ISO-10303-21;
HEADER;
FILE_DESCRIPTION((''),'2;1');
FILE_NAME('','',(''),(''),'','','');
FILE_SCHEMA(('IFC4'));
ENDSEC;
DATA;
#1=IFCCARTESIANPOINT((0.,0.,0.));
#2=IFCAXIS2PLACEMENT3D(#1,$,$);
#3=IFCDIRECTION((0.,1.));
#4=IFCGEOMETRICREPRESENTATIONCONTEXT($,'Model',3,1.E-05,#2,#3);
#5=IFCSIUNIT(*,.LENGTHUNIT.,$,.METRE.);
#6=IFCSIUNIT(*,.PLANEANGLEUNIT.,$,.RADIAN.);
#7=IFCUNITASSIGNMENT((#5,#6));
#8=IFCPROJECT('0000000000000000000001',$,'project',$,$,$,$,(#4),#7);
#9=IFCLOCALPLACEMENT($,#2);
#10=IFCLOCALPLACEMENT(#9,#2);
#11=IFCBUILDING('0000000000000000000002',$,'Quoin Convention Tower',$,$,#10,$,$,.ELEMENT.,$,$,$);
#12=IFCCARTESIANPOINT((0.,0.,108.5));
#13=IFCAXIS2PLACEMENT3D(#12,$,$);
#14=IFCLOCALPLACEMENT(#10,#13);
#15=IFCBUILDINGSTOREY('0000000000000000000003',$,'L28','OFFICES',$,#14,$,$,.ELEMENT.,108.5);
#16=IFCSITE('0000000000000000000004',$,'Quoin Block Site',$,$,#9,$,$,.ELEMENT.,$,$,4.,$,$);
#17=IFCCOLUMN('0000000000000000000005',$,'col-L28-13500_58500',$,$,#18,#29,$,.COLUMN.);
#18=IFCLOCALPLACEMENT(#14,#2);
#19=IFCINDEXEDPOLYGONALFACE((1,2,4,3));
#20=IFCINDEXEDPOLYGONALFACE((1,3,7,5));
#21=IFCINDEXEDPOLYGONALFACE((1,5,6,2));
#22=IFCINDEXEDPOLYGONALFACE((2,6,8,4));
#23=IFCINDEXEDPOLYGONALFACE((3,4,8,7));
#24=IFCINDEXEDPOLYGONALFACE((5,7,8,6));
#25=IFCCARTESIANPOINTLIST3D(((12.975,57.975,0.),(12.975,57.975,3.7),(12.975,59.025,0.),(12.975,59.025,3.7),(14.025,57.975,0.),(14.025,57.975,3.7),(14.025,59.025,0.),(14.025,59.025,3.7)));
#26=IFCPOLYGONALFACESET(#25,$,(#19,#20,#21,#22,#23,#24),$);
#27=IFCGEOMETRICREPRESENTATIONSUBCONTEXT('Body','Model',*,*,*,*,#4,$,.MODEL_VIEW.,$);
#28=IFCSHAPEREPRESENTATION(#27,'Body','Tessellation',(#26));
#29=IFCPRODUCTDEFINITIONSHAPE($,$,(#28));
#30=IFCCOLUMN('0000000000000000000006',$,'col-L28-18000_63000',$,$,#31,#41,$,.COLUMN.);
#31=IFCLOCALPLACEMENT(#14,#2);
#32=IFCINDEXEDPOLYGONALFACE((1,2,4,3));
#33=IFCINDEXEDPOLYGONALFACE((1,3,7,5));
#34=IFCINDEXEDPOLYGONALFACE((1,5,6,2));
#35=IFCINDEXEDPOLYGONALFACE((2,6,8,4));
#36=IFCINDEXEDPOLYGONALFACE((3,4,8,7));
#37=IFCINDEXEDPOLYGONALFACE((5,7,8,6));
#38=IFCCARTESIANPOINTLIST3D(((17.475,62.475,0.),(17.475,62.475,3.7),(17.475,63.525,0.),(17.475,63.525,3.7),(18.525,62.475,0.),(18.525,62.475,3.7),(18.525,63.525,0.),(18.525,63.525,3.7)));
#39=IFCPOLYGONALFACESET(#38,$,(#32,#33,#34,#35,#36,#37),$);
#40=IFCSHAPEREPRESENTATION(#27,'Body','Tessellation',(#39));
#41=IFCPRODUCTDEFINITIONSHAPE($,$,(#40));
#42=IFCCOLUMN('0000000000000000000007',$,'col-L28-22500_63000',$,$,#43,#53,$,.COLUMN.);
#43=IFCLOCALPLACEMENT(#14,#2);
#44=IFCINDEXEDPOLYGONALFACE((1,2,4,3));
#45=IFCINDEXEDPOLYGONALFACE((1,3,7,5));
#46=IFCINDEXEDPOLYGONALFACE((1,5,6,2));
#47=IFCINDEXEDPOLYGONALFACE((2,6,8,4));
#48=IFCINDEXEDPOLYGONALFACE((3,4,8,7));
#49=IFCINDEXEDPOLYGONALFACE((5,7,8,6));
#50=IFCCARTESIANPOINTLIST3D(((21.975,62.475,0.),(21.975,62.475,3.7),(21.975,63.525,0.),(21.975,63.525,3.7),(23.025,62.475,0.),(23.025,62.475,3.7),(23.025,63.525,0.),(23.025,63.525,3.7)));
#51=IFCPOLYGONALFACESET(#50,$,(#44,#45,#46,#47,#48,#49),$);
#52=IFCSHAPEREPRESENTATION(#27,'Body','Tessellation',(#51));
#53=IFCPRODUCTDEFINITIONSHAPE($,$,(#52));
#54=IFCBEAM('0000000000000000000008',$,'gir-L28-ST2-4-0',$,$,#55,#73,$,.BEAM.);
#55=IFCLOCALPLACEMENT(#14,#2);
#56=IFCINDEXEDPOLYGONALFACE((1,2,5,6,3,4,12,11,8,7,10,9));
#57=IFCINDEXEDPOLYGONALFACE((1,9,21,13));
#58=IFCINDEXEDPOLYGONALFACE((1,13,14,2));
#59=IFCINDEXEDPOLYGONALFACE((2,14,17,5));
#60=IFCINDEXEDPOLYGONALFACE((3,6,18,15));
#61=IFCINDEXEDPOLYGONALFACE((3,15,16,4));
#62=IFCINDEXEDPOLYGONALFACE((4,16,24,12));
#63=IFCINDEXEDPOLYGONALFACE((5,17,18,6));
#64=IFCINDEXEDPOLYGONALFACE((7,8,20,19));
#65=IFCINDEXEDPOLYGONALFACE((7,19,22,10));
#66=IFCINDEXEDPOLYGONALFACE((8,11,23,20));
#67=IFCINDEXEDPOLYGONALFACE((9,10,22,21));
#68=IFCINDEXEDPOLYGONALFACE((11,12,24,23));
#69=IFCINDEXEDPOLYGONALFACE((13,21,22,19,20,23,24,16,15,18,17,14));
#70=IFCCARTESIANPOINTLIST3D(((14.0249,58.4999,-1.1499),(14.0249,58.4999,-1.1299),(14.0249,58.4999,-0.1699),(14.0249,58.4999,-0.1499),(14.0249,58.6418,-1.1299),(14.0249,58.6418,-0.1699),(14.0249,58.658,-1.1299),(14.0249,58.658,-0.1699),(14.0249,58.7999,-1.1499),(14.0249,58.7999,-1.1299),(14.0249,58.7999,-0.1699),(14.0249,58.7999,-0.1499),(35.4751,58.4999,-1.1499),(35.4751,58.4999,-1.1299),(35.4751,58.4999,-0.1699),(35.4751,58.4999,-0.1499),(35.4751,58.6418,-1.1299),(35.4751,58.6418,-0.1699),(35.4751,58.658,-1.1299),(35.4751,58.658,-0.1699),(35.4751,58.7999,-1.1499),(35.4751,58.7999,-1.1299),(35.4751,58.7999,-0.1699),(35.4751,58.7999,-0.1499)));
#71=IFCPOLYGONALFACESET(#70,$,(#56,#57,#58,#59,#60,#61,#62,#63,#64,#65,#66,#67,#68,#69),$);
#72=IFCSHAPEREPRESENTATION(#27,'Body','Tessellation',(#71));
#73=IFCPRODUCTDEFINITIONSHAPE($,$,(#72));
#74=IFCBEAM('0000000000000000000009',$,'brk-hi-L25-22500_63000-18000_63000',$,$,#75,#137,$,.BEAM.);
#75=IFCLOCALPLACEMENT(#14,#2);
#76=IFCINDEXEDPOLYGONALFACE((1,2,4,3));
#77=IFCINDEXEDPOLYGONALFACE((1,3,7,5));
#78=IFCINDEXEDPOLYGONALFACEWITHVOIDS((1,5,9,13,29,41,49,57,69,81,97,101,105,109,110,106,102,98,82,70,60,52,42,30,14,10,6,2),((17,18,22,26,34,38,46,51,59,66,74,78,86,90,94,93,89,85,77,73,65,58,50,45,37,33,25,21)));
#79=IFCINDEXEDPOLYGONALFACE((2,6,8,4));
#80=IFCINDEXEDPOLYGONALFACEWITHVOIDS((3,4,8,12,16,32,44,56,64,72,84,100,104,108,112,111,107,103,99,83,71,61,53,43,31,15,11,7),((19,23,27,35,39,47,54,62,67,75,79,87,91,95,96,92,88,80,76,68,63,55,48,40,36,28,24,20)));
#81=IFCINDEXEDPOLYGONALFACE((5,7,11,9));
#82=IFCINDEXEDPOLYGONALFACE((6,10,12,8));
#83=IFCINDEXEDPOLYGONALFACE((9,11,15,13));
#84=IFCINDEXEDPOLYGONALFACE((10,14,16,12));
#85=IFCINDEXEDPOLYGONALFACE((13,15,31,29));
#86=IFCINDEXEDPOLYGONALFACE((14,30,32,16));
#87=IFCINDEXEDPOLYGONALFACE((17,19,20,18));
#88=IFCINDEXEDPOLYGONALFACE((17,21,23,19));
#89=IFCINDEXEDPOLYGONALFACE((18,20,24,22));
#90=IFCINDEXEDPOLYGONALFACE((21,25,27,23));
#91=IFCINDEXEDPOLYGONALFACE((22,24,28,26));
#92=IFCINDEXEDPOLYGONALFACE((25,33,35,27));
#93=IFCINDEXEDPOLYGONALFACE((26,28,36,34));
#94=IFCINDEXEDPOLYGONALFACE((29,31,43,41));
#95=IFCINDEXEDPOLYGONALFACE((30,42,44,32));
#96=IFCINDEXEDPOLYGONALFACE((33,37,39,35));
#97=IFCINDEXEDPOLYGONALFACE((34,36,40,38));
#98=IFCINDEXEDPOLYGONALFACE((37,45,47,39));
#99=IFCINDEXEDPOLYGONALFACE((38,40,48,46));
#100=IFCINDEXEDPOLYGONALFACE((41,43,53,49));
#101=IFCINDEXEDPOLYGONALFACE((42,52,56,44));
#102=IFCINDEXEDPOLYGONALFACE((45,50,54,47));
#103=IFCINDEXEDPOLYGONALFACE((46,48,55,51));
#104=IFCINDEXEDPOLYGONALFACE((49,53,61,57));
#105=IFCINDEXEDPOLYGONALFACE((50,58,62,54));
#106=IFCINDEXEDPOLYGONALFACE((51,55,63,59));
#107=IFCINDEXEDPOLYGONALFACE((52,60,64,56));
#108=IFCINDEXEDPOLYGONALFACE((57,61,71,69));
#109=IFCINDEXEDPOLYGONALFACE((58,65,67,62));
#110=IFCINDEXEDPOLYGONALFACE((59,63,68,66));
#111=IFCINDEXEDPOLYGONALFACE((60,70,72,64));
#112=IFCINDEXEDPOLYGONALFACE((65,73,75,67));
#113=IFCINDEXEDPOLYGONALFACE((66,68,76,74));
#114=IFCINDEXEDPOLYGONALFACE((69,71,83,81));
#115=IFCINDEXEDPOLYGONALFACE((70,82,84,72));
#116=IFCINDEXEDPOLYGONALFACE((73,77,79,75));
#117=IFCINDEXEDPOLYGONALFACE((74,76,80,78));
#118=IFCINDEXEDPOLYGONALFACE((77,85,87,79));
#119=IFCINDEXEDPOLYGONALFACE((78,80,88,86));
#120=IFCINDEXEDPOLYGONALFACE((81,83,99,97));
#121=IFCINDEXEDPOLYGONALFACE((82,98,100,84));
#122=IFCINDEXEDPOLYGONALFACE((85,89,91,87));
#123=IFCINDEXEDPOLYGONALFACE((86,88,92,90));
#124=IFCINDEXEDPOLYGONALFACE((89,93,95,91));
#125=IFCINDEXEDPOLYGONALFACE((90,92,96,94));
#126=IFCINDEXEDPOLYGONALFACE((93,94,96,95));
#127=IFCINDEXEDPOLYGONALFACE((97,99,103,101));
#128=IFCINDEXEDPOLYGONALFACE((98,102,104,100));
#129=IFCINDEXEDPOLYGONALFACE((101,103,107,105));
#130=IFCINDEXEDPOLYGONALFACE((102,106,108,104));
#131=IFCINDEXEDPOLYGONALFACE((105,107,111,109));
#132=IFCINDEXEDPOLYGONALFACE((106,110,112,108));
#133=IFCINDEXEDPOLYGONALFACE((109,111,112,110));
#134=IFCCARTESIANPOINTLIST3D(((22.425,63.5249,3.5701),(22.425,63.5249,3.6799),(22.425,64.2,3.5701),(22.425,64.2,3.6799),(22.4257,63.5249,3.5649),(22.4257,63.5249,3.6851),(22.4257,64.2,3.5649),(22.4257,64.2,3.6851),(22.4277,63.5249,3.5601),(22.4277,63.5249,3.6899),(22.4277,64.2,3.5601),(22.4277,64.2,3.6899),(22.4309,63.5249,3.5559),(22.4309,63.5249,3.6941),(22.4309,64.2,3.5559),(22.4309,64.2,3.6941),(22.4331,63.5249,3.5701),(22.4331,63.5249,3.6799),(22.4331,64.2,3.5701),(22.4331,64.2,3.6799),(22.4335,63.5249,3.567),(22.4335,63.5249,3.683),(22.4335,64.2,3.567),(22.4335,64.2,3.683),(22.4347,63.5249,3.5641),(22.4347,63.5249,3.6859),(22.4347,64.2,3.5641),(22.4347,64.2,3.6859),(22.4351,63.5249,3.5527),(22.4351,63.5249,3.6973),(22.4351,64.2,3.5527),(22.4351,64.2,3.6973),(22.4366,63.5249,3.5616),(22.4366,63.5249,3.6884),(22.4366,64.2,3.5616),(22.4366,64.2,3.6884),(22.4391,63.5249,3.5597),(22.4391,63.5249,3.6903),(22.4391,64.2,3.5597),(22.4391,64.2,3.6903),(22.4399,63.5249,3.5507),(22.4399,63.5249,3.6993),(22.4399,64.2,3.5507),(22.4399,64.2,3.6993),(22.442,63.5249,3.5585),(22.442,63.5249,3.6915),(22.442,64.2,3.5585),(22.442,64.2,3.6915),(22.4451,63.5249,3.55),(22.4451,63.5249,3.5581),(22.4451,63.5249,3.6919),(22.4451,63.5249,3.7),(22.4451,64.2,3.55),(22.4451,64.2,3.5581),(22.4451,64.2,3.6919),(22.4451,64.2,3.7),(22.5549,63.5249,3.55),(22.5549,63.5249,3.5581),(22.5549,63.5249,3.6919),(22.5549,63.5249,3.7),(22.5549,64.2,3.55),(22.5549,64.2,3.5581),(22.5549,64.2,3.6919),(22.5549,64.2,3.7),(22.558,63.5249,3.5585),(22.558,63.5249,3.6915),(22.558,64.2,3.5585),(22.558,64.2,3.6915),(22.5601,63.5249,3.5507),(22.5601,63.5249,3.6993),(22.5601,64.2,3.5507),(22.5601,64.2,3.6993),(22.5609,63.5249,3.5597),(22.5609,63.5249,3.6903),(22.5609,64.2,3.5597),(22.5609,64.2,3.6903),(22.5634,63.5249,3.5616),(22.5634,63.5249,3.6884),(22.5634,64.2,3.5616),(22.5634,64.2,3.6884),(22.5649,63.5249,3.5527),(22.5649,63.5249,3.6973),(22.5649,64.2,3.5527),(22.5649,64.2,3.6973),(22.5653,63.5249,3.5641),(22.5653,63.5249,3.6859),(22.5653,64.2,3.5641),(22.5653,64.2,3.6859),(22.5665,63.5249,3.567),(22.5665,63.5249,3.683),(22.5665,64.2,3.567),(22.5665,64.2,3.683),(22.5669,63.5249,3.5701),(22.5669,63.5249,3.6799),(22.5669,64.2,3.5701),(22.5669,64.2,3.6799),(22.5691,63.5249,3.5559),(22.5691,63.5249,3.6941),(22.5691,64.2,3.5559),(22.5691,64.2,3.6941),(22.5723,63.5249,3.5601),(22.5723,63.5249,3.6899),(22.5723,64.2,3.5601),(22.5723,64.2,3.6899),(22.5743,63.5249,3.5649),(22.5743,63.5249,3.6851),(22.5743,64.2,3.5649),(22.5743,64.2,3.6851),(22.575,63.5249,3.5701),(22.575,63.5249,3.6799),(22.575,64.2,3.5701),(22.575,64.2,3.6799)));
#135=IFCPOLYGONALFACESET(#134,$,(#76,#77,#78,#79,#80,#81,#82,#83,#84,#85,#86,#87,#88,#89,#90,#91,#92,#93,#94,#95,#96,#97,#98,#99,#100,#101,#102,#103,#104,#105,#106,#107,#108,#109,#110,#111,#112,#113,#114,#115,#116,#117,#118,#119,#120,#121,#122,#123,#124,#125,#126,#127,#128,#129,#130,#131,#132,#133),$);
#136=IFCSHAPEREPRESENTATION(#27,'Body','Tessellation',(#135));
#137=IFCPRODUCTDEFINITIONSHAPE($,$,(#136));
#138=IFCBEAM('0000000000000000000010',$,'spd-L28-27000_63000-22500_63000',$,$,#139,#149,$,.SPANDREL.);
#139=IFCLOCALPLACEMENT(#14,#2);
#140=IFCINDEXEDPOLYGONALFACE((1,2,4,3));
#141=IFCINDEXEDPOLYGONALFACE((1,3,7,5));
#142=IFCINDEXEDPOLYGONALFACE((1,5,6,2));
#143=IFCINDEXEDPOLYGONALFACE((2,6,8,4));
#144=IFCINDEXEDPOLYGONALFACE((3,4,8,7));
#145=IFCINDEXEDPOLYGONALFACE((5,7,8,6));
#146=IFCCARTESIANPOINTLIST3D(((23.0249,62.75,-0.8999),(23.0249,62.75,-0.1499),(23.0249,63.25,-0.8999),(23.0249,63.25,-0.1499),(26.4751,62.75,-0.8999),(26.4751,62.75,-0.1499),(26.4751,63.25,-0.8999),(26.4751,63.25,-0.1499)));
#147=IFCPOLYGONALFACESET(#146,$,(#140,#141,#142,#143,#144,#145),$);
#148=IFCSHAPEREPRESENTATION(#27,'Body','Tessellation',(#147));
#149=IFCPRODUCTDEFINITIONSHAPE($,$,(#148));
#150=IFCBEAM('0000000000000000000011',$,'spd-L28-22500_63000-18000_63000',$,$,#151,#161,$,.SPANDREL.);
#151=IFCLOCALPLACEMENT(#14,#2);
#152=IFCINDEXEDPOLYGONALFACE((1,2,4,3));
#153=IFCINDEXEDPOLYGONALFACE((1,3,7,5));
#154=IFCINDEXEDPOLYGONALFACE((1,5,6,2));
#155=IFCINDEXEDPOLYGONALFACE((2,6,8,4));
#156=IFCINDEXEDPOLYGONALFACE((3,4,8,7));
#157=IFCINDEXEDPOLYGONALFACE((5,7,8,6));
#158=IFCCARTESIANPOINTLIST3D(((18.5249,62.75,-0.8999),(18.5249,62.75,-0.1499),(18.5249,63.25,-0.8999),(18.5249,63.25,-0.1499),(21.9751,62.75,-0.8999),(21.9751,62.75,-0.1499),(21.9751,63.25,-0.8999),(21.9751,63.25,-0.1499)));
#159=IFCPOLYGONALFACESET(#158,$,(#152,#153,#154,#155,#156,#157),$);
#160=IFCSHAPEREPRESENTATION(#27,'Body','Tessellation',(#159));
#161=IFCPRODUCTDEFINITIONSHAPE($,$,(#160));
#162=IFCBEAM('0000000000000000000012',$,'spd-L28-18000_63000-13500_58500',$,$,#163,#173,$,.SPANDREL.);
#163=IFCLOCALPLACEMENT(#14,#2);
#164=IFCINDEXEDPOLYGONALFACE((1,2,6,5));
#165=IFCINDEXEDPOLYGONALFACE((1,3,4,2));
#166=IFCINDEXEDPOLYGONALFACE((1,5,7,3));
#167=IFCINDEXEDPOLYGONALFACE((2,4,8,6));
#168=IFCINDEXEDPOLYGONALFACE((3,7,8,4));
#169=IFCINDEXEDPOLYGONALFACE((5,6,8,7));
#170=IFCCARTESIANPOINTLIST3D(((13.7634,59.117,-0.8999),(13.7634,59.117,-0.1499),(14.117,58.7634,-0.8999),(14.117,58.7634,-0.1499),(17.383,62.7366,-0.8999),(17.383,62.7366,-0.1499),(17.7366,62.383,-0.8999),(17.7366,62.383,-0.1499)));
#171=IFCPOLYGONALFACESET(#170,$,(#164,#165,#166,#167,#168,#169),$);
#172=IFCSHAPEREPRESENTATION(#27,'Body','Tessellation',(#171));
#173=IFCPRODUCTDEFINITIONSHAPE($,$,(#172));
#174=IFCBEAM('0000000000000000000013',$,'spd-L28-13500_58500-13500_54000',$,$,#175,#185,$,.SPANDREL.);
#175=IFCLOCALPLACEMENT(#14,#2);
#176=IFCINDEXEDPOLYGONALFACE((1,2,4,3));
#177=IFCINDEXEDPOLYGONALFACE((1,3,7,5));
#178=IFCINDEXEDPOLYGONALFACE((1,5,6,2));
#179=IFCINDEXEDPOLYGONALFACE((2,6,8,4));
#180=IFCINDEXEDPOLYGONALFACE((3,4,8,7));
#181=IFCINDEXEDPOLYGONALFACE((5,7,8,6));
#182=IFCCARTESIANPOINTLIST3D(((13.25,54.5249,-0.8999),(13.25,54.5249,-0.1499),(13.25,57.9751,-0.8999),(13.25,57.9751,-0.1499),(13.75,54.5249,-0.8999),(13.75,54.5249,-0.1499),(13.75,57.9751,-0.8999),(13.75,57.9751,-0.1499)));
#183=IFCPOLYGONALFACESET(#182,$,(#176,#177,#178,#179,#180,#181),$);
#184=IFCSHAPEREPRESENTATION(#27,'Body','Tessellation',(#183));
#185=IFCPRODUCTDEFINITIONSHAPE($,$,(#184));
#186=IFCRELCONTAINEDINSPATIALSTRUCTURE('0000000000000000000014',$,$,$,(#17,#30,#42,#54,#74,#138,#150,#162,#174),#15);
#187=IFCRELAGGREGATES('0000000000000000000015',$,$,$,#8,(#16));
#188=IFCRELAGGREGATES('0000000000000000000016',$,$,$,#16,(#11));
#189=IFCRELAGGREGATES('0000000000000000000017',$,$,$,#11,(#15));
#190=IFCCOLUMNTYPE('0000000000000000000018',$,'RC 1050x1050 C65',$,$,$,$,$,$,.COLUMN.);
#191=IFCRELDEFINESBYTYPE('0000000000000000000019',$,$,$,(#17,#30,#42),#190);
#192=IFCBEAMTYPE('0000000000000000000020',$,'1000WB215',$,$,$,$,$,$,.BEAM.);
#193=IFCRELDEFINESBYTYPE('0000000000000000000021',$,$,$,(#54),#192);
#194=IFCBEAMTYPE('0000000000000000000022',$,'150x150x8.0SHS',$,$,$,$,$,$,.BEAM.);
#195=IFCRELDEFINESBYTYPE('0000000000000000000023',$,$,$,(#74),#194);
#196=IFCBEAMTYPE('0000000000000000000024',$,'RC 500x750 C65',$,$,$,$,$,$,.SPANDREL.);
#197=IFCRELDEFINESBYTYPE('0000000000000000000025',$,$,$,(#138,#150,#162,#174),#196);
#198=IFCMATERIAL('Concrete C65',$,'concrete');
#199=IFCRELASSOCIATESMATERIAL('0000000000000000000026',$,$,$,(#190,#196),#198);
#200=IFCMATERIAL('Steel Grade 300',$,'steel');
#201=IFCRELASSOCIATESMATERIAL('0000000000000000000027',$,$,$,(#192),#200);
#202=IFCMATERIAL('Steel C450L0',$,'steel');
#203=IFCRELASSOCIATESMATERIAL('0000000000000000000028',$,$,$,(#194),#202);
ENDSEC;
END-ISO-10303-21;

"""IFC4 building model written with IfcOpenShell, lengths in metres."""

from ifc_helpers import new_model, si_unit, direction, frame, origin, origin_2d, place, context, subcontext, project, spatial, rectangle, hollow_rectangle, i_section, extrude, material, material_profile, profile_set, type_object, element, save


model = new_model("IFC4")

# Units and contexts
model_context = context("Model", 3, precision=1e-05, world=origin(), true_north=direction((0.0, 1.0)))
body_context = subcontext(model_context, "Body", "Model", "MODEL_VIEW")
ifc_project = project(units=[si_unit("LENGTHUNIT", "METRE"), si_unit("PLANEANGLEUNIT", "RADIAN")], contexts=[model_context])

# Site, building, storey
site_placement = place(None, origin())
site = spatial("IfcSite", under=ifc_project, at=site_placement, Name="Quoin Block Site", CompositionType="ELEMENT", RefElevation=4.0)
building_placement = place(site_placement, origin())
building = spatial("IfcBuilding", under=site, at=building_placement, Name="Quoin Convention Tower", CompositionType="ELEMENT")
storey_placement = place(building_placement, frame((0.0, 0.0, 108.5)))
storey = spatial("IfcBuildingStorey", under=building, at=storey_placement, Name="L28", Description="OFFICES", CompositionType="ELEMENT", Elevation=108.5)

# Columns
ifc_material_1 = material(Name="Concrete C65", Category="concrete")
ifc_material_profile_1 = material_profile(ifc_material_1, rectangle(XDim=1.05, YDim=1.05, at=origin_2d()), Name="RC 1050x1050")
ifc_profile_set_1 = profile_set([ifc_material_profile_1], Name="Concrete C65")
column_type = type_object("IfcColumnType", Name="RC 1050x1050 C65", PredefinedType="COLUMN", material=ifc_profile_set_1)
for number, where, z_axis, x_axis, name in (
    (1, (13.5, 58.5, 0.0), (0.0, 0.0, 1.0), (1.0, 0.0, 0.0), "col-L28-13500_58500"),
    (2, (18.0, 63.0, 0.0), (0.0, 0.0, 1.0), (1.0, 0.0, 0.0), "col-L28-18000_63000"),
    (3, (22.5, 63.0, 0.0), (0.0, 0.0, 1.0), (1.0, 0.0, 0.0), "col-L28-22500_63000"),
):
    element("IfcColumn", number, at=place(storey_placement, frame(where, z_axis=z_axis, x_axis=x_axis)), inside=storey, type_object=column_type, Name=name, PredefinedType="COLUMN", context=body_context, shape_type="SweptSolid", body=[
        extrude(rectangle(XDim=1.05, YDim=1.05, at=origin_2d()), origin(), (0.0, 0.0, 1.0), 3.7),
    ])

# Beams
ifc_material_2 = material(Name="Steel Grade 300", Category="steel")
ifc_material_profile_2 = material_profile(ifc_material_2, i_section(OverallWidth=0.3, OverallDepth=1.0, WebThickness=0.0161, FlangeThickness=0.02, at=origin_2d()), Name="1000WB215")
ifc_profile_set_2 = profile_set([ifc_material_profile_2], Name="Steel Grade 300")
beam_type_1 = type_object("IfcBeamType", Name="1000WB215", PredefinedType="BEAM", material=ifc_profile_set_2)
beam_1_placement = place(storey_placement, frame((14.0249, 58.6499, -0.6499), z_axis=(1.0, 0.0, 0.0), x_axis=(0.0, 1.0, 0.0)))
element("IfcBeam", 4, at=beam_1_placement, inside=storey, type_object=beam_type_1, Name="gir-L28-ST2-4-0", PredefinedType="BEAM", context=body_context, shape_type="SweptSolid", body=[
    extrude(i_section(OverallWidth=0.3, OverallDepth=1.0, WebThickness=0.0161, FlangeThickness=0.02, at=origin_2d()), origin(), (0.0, 0.0, 1.0), 21.4502),
])
ifc_material_3 = material(Name="Steel C450L0", Category="steel")
ifc_material_profile_3 = material_profile(ifc_material_3, hollow_rectangle(XDim=0.1499, YDim=0.1499, WallThickness=0.0081, InnerFilletRadius=0.012, OuterFilletRadius=0.02, at=origin_2d()), Name="150x150x8.0SHS")
ifc_profile_set_3 = profile_set([ifc_material_profile_3], Name="Steel C450L0")
beam_type_2 = type_object("IfcBeamType", Name="150x150x8.0SHS", PredefinedType="BEAM", material=ifc_profile_set_3)
beam_2_placement = place(storey_placement, frame((22.5, 63.5249, 3.625), z_axis=(0.0, 1.0, 0.0), x_axis=(-1.0, 0.0, 0.0)))
element("IfcBeam", 5, at=beam_2_placement, inside=storey, type_object=beam_type_2, Name="brk-hi-L25-22500_63000-18000_63000", PredefinedType="BEAM", context=body_context, shape_type="SweptSolid", body=[
    extrude(hollow_rectangle(XDim=0.1499, YDim=0.1499, WallThickness=0.0081, InnerFilletRadius=0.012, OuterFilletRadius=0.02, at=origin_2d()), origin(), (0.0, 0.0, 1.0), 0.675),
])
ifc_material_profile_4 = material_profile(ifc_material_1, rectangle(XDim=0.5, YDim=0.75, at=origin_2d()), Name="RC 500x750")
ifc_profile_set_4 = profile_set([ifc_material_profile_4], Name="Concrete C65")
beam_type_3 = type_object("IfcBeamType", Name="RC 500x750 C65", PredefinedType="SPANDREL", material=ifc_profile_set_4)
for number, where, z_axis, x_axis, name in (
    (6, (26.4751, 63.0, -0.5249), (-1.0, 0.0, 0.0), (0.0, -1.0, 0.0), "spd-L28-27000_63000-22500_63000"),
    (7, (21.9751, 63.0, -0.5249), (-1.0, 0.0, 0.0), (0.0, -1.0, 0.0), "spd-L28-22500_63000-18000_63000"),
):
    element("IfcBeam", number, at=place(storey_placement, frame(where, z_axis=z_axis, x_axis=x_axis)), inside=storey, type_object=beam_type_3, Name=name, PredefinedType="SPANDREL", context=body_context, shape_type="SweptSolid", body=[
        extrude(rectangle(XDim=0.5, YDim=0.75, at=origin_2d()), origin(), (0.0, 0.0, 1.0), 3.4502),
    ])
beam_3_placement = place(storey_placement, frame((17.5598, 62.5598, -0.5249), z_axis=(-0.707107, -0.707107, 0.0), x_axis=(0.707107, -0.707107, 0.0)))
element("IfcBeam", 8, at=beam_3_placement, inside=storey, type_object=beam_type_3, Name="spd-L28-18000_63000-13500_58500", PredefinedType="SPANDREL", context=body_context, shape_type="SweptSolid", body=[
    extrude(rectangle(XDim=0.5, YDim=0.75, at=origin_2d()), origin(), (0.0, 0.0, 1.0), 5.1189),
])
beam_4_placement = place(storey_placement, frame((13.5, 57.9751, -0.5249), z_axis=(0.0, -1.0, 0.0), x_axis=(1.0, 0.0, 0.0)))
element("IfcBeam", 9, at=beam_4_placement, inside=storey, type_object=beam_type_3, Name="spd-L28-13500_58500-13500_54000", PredefinedType="SPANDREL", context=body_context, shape_type="SweptSolid", body=[
    extrude(rectangle(XDim=0.5, YDim=0.75, at=origin_2d()), origin(), (0.0, 0.0, 1.0), 3.4502),
])

save(model, "model.ifc")
